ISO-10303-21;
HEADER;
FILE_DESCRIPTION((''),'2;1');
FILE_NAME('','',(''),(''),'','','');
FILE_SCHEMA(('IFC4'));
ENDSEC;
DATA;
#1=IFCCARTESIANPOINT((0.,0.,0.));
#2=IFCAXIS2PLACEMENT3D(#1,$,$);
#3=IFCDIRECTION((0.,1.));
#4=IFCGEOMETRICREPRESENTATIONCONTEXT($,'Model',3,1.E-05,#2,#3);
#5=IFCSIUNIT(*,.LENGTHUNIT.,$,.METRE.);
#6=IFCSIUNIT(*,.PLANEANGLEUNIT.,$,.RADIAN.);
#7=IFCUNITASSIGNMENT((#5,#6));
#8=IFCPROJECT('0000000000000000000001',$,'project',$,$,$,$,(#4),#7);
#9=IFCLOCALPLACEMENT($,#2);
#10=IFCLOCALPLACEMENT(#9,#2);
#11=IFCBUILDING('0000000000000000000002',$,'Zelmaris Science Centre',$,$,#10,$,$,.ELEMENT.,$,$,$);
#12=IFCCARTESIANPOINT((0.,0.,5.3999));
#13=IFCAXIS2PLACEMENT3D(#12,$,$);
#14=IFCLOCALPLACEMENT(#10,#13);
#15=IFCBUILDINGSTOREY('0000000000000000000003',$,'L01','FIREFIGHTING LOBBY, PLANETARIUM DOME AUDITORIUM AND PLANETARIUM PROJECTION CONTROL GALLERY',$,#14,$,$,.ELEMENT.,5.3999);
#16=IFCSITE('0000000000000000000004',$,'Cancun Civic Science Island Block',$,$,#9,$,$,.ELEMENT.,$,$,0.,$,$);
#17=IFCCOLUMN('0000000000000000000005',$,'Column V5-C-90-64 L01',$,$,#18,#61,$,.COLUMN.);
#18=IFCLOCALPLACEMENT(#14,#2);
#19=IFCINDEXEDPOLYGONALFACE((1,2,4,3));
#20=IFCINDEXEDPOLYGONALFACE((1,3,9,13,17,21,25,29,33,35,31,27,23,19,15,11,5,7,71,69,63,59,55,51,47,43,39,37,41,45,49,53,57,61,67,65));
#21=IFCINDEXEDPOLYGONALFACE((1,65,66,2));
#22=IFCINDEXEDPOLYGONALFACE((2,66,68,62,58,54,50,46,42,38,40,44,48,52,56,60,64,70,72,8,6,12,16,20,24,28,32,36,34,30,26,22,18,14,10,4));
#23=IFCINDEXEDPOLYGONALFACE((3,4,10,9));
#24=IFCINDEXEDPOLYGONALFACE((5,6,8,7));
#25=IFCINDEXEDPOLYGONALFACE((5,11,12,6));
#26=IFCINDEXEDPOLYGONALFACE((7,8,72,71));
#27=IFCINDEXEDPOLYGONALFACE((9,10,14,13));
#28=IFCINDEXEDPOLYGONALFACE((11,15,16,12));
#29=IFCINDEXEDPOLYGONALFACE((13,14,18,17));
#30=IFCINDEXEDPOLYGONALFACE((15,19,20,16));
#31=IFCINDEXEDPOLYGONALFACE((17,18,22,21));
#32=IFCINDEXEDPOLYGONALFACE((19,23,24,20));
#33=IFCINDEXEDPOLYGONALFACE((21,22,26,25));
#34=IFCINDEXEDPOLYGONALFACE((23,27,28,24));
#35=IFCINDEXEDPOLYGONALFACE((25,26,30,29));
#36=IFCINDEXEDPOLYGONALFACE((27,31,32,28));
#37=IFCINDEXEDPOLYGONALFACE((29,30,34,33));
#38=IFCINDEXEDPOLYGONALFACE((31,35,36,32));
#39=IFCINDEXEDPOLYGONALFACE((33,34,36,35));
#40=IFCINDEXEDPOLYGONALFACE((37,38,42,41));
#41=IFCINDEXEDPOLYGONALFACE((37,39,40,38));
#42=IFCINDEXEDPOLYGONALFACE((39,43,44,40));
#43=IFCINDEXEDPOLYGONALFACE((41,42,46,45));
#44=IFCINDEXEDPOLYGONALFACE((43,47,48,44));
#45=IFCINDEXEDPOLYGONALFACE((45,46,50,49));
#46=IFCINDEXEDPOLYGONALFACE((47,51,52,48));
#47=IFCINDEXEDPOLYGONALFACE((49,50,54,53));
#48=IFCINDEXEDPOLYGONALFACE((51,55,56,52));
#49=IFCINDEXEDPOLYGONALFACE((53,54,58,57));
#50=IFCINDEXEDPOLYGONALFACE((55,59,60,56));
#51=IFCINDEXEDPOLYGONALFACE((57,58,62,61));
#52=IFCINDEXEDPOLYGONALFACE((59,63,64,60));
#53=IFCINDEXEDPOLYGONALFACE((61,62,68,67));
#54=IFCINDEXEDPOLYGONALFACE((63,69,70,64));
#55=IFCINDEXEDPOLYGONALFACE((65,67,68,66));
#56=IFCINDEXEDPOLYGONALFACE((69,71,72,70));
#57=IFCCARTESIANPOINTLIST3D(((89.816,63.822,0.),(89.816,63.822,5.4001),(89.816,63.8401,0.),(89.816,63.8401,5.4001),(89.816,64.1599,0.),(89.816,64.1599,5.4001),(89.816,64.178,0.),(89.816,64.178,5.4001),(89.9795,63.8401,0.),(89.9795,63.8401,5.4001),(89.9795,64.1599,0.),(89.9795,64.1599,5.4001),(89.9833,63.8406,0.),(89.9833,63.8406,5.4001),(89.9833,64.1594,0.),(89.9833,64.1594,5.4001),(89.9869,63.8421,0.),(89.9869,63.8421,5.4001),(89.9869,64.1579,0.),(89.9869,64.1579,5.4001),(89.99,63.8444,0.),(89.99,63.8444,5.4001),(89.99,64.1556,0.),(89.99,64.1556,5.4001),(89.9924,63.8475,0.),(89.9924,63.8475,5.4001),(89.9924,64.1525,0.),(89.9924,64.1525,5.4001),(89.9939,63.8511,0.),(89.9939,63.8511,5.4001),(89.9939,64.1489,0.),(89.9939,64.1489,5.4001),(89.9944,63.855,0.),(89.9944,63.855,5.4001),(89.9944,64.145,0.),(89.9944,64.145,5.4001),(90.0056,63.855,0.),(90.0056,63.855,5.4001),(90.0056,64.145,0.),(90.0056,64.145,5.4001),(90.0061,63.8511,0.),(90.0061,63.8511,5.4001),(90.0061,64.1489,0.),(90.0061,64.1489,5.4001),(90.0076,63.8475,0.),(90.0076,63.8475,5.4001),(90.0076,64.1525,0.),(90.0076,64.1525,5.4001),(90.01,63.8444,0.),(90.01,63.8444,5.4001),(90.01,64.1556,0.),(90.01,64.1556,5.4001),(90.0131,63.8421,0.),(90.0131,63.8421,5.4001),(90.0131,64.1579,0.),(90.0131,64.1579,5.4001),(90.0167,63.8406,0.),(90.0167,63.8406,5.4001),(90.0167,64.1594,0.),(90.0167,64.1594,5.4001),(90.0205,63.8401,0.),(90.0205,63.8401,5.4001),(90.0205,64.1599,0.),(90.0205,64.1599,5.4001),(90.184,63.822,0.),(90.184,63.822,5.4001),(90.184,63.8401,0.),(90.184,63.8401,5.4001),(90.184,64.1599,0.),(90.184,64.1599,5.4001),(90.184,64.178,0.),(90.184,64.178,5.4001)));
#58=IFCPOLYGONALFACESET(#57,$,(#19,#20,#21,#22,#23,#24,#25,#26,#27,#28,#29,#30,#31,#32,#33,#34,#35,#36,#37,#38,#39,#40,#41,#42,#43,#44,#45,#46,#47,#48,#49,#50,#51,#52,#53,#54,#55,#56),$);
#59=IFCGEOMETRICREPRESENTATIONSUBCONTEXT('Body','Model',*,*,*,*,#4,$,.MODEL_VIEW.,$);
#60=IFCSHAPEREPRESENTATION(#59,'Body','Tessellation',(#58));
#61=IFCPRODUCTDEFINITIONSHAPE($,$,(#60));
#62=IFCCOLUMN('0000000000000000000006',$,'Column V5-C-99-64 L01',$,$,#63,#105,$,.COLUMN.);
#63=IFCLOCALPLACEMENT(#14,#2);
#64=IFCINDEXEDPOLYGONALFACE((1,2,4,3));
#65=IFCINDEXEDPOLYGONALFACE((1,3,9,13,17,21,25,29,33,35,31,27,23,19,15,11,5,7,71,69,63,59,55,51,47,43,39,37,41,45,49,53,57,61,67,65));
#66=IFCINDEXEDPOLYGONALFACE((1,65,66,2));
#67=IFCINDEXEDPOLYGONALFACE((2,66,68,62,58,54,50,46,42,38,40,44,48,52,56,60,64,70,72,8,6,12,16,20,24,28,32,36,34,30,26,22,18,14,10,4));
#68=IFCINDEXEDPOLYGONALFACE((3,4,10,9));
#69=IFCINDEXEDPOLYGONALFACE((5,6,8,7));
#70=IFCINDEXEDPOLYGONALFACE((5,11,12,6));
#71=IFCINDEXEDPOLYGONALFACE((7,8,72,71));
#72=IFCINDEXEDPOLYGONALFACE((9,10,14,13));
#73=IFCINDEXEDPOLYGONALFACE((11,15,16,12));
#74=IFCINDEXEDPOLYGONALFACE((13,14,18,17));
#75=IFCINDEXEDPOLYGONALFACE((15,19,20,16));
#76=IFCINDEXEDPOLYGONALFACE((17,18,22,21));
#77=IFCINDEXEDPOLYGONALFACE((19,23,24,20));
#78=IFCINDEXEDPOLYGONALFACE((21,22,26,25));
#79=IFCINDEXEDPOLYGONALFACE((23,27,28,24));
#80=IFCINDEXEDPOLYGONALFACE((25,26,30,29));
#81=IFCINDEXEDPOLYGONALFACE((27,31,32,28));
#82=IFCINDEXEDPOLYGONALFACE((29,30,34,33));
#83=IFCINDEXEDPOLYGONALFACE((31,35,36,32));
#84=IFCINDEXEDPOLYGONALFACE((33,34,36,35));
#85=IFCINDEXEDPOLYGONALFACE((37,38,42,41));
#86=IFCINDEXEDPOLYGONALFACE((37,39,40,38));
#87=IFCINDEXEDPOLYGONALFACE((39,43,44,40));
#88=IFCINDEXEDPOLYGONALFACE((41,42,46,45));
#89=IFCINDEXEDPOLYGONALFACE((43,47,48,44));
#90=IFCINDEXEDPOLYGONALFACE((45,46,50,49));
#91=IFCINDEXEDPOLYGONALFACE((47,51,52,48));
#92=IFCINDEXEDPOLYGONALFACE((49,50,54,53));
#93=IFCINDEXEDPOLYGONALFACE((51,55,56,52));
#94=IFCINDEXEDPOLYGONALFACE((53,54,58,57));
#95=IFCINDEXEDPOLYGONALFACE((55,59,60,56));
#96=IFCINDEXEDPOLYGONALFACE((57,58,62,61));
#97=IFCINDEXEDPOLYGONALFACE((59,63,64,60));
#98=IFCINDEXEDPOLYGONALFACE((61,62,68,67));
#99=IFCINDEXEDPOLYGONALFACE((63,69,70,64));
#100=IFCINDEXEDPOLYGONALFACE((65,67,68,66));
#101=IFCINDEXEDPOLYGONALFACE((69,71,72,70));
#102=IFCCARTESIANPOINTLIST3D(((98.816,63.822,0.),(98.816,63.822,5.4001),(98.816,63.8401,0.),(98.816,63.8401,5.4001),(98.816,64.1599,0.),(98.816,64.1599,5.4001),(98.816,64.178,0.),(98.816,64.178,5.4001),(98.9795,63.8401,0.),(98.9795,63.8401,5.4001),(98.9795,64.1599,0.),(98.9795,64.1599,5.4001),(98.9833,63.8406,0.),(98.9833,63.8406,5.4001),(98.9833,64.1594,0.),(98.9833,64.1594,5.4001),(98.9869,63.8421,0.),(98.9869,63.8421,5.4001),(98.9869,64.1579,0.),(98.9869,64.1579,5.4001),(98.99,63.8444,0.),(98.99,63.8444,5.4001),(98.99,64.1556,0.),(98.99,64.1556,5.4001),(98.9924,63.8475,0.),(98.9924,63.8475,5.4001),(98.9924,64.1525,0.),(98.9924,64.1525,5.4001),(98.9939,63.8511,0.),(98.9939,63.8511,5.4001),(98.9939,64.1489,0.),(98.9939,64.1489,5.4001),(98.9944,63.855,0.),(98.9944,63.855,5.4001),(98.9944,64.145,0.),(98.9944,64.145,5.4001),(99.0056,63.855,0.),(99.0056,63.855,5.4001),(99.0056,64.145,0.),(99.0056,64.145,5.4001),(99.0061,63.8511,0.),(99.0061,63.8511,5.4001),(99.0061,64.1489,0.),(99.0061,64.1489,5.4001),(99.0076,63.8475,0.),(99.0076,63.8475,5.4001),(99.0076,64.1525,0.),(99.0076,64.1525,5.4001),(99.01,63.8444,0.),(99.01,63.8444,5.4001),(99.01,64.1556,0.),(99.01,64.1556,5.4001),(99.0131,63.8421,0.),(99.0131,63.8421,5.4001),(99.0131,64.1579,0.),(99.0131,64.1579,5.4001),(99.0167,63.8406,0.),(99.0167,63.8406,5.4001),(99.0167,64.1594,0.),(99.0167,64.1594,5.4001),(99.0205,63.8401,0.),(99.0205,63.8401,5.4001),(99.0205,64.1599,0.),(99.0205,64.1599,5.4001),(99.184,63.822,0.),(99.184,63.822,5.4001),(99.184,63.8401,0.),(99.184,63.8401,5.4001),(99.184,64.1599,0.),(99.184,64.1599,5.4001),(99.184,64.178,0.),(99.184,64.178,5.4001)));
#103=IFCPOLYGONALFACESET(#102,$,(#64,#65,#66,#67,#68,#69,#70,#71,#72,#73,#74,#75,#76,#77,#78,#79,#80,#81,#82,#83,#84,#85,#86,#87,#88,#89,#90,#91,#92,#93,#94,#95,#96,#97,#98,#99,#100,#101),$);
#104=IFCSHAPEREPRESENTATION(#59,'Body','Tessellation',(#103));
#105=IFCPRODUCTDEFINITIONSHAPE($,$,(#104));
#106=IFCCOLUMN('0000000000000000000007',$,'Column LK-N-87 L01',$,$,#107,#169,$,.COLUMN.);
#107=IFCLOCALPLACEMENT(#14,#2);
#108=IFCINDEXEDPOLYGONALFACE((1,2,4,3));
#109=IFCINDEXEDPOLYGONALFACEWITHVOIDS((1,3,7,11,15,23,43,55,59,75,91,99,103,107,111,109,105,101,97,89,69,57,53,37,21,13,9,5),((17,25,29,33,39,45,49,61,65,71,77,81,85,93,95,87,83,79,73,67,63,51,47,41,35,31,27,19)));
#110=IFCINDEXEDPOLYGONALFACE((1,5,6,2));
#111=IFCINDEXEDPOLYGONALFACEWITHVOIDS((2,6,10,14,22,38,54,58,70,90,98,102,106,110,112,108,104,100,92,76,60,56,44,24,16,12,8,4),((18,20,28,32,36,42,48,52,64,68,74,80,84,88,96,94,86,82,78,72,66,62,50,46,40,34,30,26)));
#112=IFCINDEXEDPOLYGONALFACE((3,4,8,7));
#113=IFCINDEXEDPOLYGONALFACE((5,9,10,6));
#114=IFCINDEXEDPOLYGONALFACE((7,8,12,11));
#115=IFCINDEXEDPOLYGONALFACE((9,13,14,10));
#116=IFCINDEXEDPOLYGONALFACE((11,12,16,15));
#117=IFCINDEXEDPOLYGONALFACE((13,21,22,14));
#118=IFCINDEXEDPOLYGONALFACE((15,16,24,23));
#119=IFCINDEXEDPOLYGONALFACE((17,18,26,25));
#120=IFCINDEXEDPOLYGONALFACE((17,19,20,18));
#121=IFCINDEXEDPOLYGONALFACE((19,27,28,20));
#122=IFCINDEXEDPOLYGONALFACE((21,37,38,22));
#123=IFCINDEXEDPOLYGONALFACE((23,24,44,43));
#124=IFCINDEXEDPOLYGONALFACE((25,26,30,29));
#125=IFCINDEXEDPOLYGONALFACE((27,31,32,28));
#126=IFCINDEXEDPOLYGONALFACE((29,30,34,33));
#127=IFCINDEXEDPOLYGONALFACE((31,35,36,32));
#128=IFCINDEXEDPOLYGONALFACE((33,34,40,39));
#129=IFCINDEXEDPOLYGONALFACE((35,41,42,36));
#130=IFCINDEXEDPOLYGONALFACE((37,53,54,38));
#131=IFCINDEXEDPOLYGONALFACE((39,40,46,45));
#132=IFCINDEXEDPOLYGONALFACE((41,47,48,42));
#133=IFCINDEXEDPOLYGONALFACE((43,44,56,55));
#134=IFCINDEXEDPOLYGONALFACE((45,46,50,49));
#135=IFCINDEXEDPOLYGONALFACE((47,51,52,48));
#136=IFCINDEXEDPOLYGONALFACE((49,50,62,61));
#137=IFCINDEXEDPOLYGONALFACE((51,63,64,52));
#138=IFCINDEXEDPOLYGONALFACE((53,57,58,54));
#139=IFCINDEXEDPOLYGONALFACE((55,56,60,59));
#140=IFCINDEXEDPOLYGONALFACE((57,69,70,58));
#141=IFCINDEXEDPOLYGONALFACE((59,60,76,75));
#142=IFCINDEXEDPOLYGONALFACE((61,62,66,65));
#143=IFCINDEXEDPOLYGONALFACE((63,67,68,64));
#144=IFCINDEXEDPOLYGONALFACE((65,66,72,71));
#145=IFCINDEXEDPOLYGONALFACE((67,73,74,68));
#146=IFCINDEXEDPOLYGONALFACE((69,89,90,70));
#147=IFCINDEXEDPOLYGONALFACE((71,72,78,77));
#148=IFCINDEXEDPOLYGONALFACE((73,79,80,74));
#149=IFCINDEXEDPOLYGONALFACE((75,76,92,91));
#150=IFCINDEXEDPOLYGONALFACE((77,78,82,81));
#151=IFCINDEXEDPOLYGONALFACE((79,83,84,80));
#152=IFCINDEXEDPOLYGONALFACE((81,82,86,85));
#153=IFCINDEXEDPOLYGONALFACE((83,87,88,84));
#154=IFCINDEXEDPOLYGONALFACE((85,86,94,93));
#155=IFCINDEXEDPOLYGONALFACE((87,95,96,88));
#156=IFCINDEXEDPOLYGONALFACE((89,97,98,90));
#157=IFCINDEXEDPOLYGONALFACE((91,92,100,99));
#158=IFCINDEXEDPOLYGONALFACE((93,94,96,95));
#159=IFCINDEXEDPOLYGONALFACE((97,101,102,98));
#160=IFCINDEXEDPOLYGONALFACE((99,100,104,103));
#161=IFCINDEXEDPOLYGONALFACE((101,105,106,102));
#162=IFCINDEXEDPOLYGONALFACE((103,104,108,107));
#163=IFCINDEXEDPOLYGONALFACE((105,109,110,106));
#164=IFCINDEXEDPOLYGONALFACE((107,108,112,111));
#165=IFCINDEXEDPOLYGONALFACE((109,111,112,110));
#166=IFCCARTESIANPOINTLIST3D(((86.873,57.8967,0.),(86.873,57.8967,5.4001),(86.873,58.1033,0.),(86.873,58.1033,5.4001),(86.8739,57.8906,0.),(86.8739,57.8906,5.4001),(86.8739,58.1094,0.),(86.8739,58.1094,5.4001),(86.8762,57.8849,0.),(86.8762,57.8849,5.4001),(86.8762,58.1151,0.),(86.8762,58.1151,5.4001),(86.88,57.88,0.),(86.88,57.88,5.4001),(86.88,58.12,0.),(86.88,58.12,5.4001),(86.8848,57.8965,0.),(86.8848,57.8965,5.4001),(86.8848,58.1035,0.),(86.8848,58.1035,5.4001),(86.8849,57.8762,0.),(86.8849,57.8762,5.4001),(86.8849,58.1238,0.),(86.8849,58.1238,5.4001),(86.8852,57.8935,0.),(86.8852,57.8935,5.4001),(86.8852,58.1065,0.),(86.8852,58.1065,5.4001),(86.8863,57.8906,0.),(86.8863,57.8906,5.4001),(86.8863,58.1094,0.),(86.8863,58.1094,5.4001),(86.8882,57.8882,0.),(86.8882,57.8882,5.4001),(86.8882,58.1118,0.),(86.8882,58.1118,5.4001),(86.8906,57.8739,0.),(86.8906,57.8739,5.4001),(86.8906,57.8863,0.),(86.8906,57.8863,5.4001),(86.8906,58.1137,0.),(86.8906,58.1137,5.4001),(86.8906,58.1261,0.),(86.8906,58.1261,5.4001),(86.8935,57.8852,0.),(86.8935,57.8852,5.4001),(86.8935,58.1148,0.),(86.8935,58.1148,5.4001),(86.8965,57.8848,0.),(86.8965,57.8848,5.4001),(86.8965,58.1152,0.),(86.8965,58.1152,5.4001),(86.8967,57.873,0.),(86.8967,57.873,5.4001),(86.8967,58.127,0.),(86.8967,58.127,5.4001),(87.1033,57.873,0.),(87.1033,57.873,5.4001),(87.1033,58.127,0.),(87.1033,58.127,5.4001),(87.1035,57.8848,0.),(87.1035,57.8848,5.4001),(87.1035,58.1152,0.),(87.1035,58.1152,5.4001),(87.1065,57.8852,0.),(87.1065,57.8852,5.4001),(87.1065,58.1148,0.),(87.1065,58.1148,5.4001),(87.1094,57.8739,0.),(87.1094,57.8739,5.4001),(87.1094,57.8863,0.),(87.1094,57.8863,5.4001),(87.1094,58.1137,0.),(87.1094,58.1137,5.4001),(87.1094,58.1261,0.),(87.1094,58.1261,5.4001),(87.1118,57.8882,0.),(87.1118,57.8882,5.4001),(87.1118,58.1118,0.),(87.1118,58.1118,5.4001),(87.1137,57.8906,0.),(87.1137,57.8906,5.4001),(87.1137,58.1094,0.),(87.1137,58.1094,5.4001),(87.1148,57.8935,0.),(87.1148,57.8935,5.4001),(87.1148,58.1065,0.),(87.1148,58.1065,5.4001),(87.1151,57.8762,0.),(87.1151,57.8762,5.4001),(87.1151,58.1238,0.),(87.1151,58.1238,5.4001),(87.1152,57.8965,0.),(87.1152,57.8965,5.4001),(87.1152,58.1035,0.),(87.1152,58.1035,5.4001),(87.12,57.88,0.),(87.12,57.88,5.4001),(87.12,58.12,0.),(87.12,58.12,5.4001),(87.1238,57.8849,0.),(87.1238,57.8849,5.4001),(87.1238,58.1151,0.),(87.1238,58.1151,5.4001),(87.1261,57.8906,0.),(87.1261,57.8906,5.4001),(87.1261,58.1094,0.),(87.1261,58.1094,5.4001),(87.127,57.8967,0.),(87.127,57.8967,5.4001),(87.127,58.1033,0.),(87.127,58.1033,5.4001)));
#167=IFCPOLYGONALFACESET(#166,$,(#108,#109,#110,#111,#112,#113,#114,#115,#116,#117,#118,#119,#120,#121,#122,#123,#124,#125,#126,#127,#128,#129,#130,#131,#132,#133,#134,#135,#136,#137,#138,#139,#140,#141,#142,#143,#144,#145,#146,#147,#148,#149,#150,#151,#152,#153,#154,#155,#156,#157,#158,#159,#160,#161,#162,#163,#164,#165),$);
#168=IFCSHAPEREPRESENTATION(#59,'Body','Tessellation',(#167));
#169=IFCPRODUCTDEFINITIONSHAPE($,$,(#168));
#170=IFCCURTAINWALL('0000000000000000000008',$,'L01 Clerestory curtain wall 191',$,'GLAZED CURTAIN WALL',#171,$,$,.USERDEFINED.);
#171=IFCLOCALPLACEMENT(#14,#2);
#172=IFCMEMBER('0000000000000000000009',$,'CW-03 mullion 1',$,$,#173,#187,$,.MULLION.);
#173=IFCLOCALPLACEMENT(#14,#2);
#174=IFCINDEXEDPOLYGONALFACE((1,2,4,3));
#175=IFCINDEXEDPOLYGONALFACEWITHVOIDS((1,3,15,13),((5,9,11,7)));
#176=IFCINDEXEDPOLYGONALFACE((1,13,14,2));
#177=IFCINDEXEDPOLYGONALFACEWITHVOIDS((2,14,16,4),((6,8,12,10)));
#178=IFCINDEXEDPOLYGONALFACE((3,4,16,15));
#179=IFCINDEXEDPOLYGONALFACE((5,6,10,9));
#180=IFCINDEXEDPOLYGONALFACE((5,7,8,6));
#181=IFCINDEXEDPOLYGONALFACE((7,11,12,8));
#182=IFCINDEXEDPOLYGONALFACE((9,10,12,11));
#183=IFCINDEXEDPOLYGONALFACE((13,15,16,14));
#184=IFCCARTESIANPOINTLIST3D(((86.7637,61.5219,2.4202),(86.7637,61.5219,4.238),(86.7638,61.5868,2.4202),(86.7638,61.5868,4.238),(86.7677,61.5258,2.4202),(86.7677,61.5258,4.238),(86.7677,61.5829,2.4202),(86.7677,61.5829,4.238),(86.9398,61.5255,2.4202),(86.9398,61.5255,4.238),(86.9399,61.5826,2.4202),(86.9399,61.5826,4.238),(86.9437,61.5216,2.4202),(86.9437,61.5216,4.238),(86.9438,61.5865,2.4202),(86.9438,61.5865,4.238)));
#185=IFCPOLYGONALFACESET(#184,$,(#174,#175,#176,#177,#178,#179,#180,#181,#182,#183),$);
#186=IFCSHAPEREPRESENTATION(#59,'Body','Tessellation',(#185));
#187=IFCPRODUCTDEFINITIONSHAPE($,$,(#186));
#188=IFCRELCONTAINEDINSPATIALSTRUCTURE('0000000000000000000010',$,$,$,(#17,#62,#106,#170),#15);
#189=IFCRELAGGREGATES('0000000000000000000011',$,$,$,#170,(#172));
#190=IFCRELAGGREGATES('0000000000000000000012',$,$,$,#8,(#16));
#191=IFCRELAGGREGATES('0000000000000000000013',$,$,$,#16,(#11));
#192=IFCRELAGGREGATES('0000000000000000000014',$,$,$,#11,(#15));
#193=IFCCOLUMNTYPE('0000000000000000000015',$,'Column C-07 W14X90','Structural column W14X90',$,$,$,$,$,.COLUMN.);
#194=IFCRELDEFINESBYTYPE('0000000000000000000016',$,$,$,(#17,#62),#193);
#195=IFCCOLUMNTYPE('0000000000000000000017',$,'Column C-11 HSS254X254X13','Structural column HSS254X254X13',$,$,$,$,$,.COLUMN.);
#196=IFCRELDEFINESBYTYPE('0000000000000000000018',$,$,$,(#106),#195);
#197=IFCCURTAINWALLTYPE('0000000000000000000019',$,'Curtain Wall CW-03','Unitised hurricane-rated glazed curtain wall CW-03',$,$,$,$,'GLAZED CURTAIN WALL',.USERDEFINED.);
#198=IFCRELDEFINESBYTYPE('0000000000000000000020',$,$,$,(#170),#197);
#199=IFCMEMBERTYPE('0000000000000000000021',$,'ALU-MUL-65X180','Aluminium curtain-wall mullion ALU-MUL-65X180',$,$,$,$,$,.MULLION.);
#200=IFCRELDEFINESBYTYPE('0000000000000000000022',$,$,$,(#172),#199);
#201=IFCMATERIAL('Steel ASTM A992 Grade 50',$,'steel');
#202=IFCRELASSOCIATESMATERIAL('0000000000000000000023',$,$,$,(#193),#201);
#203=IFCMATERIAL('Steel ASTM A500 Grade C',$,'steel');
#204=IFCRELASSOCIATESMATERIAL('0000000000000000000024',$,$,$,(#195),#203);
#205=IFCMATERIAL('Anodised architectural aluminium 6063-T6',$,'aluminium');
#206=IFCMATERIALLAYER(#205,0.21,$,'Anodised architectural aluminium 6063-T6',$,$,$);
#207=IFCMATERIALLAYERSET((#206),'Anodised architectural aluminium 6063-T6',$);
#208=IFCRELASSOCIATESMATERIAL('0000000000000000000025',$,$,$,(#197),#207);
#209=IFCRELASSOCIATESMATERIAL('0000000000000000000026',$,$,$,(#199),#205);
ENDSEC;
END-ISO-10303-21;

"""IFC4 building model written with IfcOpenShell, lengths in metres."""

from ifc_helpers import new_model, si_unit, direction, frame, origin, origin_2d, place, context, subcontext, project, spatial, hollow_rectangle, i_section, extrude, material, layer, layer_set, material_profile, profile_set, type_object, element, aggregate, save


model = new_model("IFC4")

# Units and contexts
model_context = context("Model", 3, precision=1e-05, world=origin(), true_north=direction((0.0, 1.0)))
body_context = subcontext(model_context, "Body", "Model", "MODEL_VIEW")
ifc_project = project(units=[si_unit("LENGTHUNIT", "METRE"), si_unit("PLANEANGLEUNIT", "RADIAN")], contexts=[model_context])

# Site, building, storey
site_placement = place(None, origin())
site = spatial("IfcSite", under=ifc_project, at=site_placement, Name="Cancun Civic Science Island Block", CompositionType="ELEMENT", RefElevation=0.0)
building_placement = place(site_placement, origin())
building = spatial("IfcBuilding", under=site, at=building_placement, Name="Zelmaris Science Centre", CompositionType="ELEMENT")
storey_placement = place(building_placement, frame((0.0, 0.0, 5.3999)))
storey = spatial("IfcBuildingStorey", under=building, at=storey_placement, Name="L01", Description="FIREFIGHTING LOBBY, PLANETARIUM DOME AUDITORIUM AND PLANETARIUM PROJECTION CONTROL GALLERY", CompositionType="ELEMENT", Elevation=5.3999)

# Columns
ifc_material_1 = material(Name="Steel ASTM A992 Grade 50", Category="steel")
ifc_material_profile_1 = material_profile(ifc_material_1, i_section(OverallWidth=0.3679, OverallDepth=0.356, WebThickness=0.0112, FlangeThickness=0.0181, FilletRadius=0.0149, at=origin_2d()), Name="W14X90")
ifc_profile_set_1 = profile_set([ifc_material_profile_1], Name="Steel ASTM A992 Grade 50")
column_type_1 = type_object("IfcColumnType", Name="Column C-07 W14X90", Description="Structural column W14X90", PredefinedType="COLUMN", material=ifc_profile_set_1)
for number, where, z_axis, x_axis, name in (
    (1, (90.0, 64.0, 0.0), (0.0, 0.0, 1.0), (1.0, 0.0, 0.0), "Column V5-C-90-64 L01"),
    (2, (99.0, 64.0, 0.0), (0.0, 0.0, 1.0), (1.0, 0.0, 0.0), "Column V5-C-99-64 L01"),
):
    element("IfcColumn", number, at=place(storey_placement, frame(where, z_axis=z_axis, x_axis=x_axis)), inside=storey, type_object=column_type_1, Name=name, PredefinedType="COLUMN", context=body_context, shape_type="SweptSolid", body=[
        extrude(i_section(OverallWidth=0.3679, OverallDepth=0.356, WebThickness=0.0112, FlangeThickness=0.0181, FilletRadius=0.0149, at=origin_2d()), origin(), (0.0, 0.0, 1.0), 5.4001),
    ])
ifc_material_2 = material(Name="Steel ASTM A500 Grade C", Category="steel")
ifc_material_profile_2 = material_profile(ifc_material_2, hollow_rectangle(XDim=0.2539, YDim=0.2539, WallThickness=0.0117, InnerFilletRadius=0.0117, OuterFilletRadius=0.0237, at=origin_2d()), Name="HSS254X254X13")
ifc_profile_set_2 = profile_set([ifc_material_profile_2], Name="Steel ASTM A500 Grade C")
column_type_2 = type_object("IfcColumnType", Name="Column C-11 HSS254X254X13", Description="Structural column HSS254X254X13", PredefinedType="COLUMN", material=ifc_profile_set_2)
column_placement = place(storey_placement, frame((87.0, 58.0, 0.0), z_axis=(0.0, 0.0, 1.0), x_axis=(1.0, 0.0, 0.0)))
element("IfcColumn", 3, at=column_placement, inside=storey, type_object=column_type_2, Name="Column LK-N-87 L01", PredefinedType="COLUMN", context=body_context, shape_type="SweptSolid", body=[
    extrude(hollow_rectangle(XDim=0.2539, YDim=0.2539, WallThickness=0.0117, InnerFilletRadius=0.0117, OuterFilletRadius=0.0237, at=origin_2d()), origin(), (0.0, 0.0, 1.0), 5.4001),
])

# Curtain wall, member
ifc_material_3 = material(Name="Anodised architectural aluminium 6063-T6", Category="aluminium")
ifc_layer_1 = layer(ifc_material_3, 0.21, Name="Anodised architectural aluminium 6063-T6")
ifc_layer_set_1 = layer_set([ifc_layer_1], Name="Anodised architectural aluminium 6063-T6")
curtain_wall_type = type_object("IfcCurtainWallType", Name="Curtain Wall CW-03", Description="Unitised hurricane-rated glazed curtain wall CW-03", ElementType="GLAZED CURTAIN WALL", PredefinedType="USERDEFINED", material=ifc_layer_set_1)
curtain_wall_placement = place(storey_placement, origin())
curtain_wall = element("IfcCurtainWall", 4, at=curtain_wall_placement, inside=storey, type_object=curtain_wall_type, Name="L01 Clerestory curtain wall 191", ObjectType="GLAZED CURTAIN WALL", PredefinedType="USERDEFINED")
ifc_material_profile_3 = material_profile(ifc_material_3, hollow_rectangle(XDim=0.0649, YDim=0.1799, WallThickness=0.0039, at=origin_2d()), Name="ALU-MUL-65X180")
ifc_profile_set_3 = profile_set([ifc_material_profile_3], Name="Anodised architectural aluminium 6063-T6")
member_type_1 = type_object("IfcMemberType", Name="ALU-MUL-65X180", Description="Aluminium curtain-wall mullion ALU-MUL-65X180", PredefinedType="MULLION", material=ifc_profile_set_3)
member_1_placement = place(storey_placement, frame((86.8538, 61.5542, 2.4202), z_axis=(0.0, 0.0, 1.0), x_axis=(-0.001566, -0.999999, 0.0)))
member_1 = element("IfcMember", 5, at=member_1_placement, type_object=member_type_1, Name="CW-03 mullion 1", PredefinedType="MULLION", context=body_context, shape_type="SweptSolid", body=[
    extrude(hollow_rectangle(XDim=0.0649, YDim=0.1799, WallThickness=0.0039, at=origin_2d()), origin(), (0.0, 0.0, 1.0), 1.8179),
])

aggregate(curtain_wall, [member_1])

save(model, "model.ifc")
